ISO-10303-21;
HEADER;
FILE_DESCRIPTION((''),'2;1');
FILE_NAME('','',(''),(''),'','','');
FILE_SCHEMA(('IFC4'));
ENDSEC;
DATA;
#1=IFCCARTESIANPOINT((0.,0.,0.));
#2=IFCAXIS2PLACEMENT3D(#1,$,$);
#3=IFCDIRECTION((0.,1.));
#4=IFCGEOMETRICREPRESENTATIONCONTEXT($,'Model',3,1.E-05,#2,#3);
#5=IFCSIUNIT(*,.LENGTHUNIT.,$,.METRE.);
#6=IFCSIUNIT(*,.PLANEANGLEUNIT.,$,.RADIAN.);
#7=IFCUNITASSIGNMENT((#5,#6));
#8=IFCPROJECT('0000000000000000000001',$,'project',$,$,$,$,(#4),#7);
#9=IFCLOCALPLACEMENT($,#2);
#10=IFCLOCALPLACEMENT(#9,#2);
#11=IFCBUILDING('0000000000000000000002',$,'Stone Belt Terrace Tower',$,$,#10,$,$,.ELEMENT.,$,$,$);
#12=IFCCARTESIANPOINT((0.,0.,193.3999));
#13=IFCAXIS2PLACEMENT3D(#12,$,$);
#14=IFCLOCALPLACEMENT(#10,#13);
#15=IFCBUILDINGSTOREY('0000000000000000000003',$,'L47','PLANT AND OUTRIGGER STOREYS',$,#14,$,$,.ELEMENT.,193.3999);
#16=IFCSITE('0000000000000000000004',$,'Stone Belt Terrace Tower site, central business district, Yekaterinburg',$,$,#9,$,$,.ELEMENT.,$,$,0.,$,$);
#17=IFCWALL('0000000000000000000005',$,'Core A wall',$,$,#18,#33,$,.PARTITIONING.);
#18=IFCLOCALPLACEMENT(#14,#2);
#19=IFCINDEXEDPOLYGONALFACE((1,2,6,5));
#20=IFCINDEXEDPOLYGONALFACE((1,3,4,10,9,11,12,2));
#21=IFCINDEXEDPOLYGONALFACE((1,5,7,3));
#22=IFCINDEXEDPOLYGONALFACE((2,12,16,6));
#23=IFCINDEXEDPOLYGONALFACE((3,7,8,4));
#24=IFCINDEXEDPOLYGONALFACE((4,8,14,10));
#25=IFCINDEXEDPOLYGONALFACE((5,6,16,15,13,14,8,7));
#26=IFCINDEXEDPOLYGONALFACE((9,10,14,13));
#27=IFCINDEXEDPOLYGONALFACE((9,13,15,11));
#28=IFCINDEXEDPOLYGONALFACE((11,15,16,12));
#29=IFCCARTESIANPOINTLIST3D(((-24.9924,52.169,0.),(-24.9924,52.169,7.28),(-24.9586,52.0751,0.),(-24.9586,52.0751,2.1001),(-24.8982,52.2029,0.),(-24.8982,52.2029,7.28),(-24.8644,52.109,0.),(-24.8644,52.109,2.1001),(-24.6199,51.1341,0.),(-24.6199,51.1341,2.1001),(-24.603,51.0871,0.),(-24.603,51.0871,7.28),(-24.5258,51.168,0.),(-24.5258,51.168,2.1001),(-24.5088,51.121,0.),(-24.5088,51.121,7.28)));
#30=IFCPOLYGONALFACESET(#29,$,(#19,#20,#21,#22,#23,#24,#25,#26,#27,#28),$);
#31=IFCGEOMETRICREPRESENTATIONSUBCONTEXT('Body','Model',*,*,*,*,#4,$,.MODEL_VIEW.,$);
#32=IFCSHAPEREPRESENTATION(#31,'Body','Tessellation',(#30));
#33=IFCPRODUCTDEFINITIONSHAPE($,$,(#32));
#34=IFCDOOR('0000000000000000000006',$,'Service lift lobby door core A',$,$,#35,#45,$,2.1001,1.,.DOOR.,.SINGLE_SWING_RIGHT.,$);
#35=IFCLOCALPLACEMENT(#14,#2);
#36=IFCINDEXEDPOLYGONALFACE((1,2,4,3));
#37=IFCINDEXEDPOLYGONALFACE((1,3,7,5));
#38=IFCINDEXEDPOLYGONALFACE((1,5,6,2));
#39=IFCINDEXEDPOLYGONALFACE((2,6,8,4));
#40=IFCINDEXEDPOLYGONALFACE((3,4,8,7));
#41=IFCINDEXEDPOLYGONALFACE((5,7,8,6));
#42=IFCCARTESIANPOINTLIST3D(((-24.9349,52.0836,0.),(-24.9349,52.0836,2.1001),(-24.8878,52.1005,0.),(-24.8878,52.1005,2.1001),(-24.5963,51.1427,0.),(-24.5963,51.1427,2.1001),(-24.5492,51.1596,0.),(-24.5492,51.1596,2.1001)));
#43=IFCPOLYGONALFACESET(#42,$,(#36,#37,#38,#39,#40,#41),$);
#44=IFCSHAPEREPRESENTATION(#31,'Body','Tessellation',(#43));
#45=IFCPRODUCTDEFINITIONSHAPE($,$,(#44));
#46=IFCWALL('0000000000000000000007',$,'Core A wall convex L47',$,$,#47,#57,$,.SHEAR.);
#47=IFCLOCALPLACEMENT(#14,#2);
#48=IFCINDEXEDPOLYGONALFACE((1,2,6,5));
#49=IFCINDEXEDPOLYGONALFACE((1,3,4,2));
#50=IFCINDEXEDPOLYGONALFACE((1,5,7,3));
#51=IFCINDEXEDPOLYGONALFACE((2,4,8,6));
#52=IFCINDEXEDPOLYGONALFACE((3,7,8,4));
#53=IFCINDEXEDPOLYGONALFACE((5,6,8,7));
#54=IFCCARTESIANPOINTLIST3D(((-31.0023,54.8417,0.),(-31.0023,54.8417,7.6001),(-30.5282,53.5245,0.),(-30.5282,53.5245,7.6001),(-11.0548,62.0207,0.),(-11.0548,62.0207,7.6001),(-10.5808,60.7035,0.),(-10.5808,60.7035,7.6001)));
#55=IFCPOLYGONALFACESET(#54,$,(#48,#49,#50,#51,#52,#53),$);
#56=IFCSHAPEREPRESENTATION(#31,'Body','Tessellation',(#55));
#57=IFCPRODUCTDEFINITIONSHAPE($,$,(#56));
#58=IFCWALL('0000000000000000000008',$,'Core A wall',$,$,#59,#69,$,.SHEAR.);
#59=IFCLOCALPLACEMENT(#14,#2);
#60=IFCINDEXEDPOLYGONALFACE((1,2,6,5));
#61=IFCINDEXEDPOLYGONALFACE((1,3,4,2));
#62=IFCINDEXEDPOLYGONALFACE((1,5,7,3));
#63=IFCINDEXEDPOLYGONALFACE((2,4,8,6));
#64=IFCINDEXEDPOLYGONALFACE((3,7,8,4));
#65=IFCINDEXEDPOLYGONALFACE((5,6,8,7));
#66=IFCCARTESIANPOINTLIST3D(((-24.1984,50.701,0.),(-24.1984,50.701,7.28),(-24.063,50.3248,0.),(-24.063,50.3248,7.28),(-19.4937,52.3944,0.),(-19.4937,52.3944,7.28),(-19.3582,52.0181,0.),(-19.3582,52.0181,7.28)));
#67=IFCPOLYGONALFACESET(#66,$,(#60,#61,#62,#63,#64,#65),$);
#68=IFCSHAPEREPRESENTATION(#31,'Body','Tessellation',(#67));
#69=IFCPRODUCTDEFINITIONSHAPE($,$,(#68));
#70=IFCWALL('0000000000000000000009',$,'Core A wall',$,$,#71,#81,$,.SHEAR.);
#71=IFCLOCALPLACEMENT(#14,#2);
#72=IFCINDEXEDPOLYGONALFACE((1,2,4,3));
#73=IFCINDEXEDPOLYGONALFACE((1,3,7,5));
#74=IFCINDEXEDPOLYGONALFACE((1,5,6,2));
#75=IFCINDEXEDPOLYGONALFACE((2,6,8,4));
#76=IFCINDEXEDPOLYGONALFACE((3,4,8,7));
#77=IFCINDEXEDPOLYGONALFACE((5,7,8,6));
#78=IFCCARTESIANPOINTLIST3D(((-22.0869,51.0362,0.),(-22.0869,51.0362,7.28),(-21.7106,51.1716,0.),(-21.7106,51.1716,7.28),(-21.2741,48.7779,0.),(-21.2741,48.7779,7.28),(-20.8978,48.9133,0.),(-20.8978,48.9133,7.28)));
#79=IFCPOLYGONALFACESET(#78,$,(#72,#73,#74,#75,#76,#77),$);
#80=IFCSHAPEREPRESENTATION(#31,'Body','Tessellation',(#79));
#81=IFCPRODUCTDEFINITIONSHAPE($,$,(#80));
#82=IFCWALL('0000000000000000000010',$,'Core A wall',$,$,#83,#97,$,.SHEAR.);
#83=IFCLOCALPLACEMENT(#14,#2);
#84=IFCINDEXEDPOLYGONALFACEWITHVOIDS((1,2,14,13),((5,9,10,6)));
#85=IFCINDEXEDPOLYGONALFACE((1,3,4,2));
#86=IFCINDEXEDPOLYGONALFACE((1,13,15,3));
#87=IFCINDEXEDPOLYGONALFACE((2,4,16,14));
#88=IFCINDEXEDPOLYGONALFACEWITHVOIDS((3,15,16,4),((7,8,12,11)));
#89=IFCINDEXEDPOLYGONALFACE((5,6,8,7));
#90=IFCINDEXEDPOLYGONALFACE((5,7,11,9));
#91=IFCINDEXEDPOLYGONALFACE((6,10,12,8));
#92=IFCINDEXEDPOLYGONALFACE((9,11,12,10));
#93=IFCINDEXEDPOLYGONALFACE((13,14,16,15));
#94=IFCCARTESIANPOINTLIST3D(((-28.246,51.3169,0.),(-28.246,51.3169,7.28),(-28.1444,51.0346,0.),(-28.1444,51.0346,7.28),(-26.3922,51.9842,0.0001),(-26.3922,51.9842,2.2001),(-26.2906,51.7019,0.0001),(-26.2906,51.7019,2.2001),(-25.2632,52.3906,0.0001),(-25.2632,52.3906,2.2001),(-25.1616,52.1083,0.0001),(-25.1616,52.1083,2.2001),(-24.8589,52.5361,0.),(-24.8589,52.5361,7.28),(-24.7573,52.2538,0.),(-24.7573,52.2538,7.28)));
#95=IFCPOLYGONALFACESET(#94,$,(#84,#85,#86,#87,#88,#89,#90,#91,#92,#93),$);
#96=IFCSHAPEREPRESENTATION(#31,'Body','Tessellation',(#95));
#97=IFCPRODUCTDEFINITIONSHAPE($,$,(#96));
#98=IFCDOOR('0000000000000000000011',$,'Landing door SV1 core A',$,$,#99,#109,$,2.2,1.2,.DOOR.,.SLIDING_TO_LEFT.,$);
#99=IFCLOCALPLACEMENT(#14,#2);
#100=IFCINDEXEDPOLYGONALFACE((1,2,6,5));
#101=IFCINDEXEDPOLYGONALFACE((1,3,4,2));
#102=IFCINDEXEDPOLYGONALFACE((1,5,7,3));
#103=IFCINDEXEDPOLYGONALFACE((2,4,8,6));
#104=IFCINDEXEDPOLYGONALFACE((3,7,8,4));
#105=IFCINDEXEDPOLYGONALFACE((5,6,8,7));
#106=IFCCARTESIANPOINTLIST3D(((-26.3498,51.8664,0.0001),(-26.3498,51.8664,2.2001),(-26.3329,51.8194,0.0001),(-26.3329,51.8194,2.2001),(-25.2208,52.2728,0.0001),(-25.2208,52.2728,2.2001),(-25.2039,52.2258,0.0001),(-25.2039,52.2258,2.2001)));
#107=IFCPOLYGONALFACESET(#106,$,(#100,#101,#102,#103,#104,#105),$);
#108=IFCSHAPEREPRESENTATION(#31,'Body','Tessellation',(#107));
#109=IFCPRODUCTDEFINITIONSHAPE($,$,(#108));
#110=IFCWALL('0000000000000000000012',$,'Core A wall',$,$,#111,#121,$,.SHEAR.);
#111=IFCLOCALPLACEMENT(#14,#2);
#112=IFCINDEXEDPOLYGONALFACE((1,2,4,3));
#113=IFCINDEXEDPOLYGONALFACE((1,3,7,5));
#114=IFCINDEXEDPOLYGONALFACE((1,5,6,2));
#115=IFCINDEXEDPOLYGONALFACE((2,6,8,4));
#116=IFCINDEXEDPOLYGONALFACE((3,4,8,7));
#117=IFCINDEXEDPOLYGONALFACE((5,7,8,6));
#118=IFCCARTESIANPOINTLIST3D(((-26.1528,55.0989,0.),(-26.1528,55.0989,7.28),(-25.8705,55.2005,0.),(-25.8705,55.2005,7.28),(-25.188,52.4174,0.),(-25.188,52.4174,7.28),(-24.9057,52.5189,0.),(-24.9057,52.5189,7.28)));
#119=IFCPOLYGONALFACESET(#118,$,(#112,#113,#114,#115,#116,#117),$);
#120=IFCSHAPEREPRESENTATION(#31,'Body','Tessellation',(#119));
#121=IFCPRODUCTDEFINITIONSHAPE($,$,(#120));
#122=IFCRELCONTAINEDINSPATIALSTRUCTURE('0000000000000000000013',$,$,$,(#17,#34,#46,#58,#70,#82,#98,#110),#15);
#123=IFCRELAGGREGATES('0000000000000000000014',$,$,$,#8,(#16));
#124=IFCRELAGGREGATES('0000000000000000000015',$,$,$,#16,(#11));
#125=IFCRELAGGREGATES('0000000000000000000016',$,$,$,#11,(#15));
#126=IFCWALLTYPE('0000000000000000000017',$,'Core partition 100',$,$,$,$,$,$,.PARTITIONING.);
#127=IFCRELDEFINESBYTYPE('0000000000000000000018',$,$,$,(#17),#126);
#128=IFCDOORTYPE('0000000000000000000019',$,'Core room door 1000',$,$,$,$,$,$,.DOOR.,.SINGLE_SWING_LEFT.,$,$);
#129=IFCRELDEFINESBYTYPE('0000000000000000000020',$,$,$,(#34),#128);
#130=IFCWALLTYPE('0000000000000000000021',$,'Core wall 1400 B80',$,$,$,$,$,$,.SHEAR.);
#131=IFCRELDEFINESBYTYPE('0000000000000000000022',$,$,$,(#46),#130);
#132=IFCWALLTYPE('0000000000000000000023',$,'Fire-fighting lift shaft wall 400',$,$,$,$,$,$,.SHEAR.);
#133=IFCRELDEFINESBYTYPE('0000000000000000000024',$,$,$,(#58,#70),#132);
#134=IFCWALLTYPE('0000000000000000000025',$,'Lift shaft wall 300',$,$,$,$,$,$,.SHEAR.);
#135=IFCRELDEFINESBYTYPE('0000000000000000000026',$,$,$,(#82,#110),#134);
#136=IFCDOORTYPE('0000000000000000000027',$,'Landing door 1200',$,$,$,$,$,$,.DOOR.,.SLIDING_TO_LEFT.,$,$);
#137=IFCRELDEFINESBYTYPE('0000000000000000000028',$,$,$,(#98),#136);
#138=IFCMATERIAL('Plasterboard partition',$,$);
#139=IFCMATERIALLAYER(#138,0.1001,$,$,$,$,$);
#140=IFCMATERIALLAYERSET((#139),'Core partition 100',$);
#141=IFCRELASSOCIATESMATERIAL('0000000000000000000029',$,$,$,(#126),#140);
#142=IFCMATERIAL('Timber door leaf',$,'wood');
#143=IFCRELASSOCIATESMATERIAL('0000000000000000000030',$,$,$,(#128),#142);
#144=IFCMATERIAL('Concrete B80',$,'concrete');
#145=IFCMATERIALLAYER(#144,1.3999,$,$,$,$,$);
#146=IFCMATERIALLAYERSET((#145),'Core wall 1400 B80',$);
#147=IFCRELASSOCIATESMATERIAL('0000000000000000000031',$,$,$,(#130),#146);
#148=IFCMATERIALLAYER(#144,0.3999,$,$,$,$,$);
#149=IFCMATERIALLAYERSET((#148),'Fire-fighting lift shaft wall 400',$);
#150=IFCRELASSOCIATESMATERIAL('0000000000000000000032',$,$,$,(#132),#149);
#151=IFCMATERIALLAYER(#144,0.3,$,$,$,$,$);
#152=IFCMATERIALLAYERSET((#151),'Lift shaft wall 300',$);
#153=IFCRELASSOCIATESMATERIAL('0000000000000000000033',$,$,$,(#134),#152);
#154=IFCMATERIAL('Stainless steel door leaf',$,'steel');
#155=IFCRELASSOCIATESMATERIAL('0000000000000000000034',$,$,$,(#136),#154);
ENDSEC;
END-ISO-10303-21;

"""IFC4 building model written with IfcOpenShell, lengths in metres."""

from ifc_helpers import new_model, si_unit, direction, frame, frame_2d, origin, place, context, subcontext, project, spatial, rectangle, extrude, material, layer, layer_set, type_object, element, fill, save


model = new_model("IFC4")

# Units and contexts
model_context = context("Model", 3, precision=1e-05, world=origin(), true_north=direction((0.0, 1.0)))
body_context = subcontext(model_context, "Body", "Model", "MODEL_VIEW")
ifc_project = project(units=[si_unit("LENGTHUNIT", "METRE"), si_unit("PLANEANGLEUNIT", "RADIAN")], contexts=[model_context])

# Site, building, storey
site_placement = place(None, origin())
site = spatial("IfcSite", under=ifc_project, at=site_placement, Name="Stone Belt Terrace Tower site, central business district, Yekaterinburg", CompositionType="ELEMENT", RefElevation=0.0)
building_placement = place(site_placement, origin())
building = spatial("IfcBuilding", under=site, at=building_placement, Name="Stone Belt Terrace Tower", CompositionType="ELEMENT")
storey_placement = place(building_placement, frame((0.0, 0.0, 193.3999)))
storey = spatial("IfcBuildingStorey", under=building, at=storey_placement, Name="L47", Description="PLANT AND OUTRIGGER STOREYS", CompositionType="ELEMENT", Elevation=193.3999)

# Wall, opening, door
ifc_material_1 = material(Name="Plasterboard partition")
ifc_layer_1 = layer(ifc_material_1, 0.1001)
ifc_layer_set_1 = layer_set([ifc_layer_1], Name="Core partition 100")
wall_type_1 = type_object("IfcWallType", Name="Core partition 100", PredefinedType="PARTITIONING", material=ifc_layer_set_1)
wall_1_placement = place(storey_placement, frame((-24.5559, 51.104, 0.0), z_axis=(0.0, 0.0, 1.0), x_axis=(-0.338622, 0.940923, 0.0)))
wall_1 = element("IfcWall", 1, at=wall_1_placement, inside=storey, type_object=wall_type_1, Name="Core A wall", PredefinedType="PARTITIONING", context=body_context, shape_type="SweptSolid", body=[
    extrude(rectangle(XDim=1.1499, YDim=0.1001, at=frame_2d((0.575, 0.0))), origin(), (0.0, 0.0, 1.0), 7.28),
])
opening_1_placement = place(wall_1_placement, frame((0.05, 0.0, 0.0)))
opening_1 = element("IfcOpeningElement", 2, at=opening_1_placement, cuts=wall_1, PredefinedType="OPENING", context=body_context, shape_type="SweptSolid", body=[
    extrude(rectangle(XDim=1.0, YDim=2.1001, at=frame_2d((0.5, 1.05))), frame((0.0, 0.0601, 0.0), z_axis=(0.0, -1.0, 0.0), x_axis=(1.0, 0.0, 0.0)), (0.0, 0.0, 1.0), 0.1201),
])
ifc_material_2 = material(Name="Timber door leaf", Category="wood")
door_type_1 = type_object("IfcDoorType", Name="Core room door 1000", OperationType="SINGLE_SWING_LEFT", PredefinedType="DOOR", material=ifc_material_2)
door_1_placement = place(opening_1_placement, origin())
door_1 = element("IfcDoor", 3, at=door_1_placement, inside=storey, type_object=door_type_1, Name="Service lift lobby door core A", OperationType="SINGLE_SWING_RIGHT", OverallHeight=2.1001, OverallWidth=1.0, PredefinedType="DOOR", context=body_context, shape_type="SweptSolid", body=[
    extrude(rectangle(XDim=1.0, YDim=2.1001, at=frame_2d((0.5, 1.05))), frame((0.0, 0.0249, 0.0), z_axis=(0.0, -1.0, 0.0), x_axis=(1.0, 0.0, 0.0)), (0.0, 0.0, 1.0), 0.05),
])
fill(opening_1, door_1)

# Walls
ifc_material_3 = material(Name="Concrete B80", Category="concrete")
ifc_layer_2 = layer(ifc_material_3, 1.3999)
ifc_layer_set_2 = layer_set([ifc_layer_2], Name="Core wall 1400 B80")
wall_type_2 = type_object("IfcWallType", Name="Core wall 1400 B80", PredefinedType="SHEAR", material=ifc_layer_set_2)
wall_2_placement = place(storey_placement, frame((-30.7654, 54.1831, 0.0), z_axis=(0.0, 0.0, 1.0), x_axis=(0.94092, 0.33863, 0.0)))
element("IfcWall", 4, at=wall_2_placement, inside=storey, type_object=wall_type_2, Name="Core A wall convex L47", PredefinedType="SHEAR", context=body_context, shape_type="SweptSolid", body=[
    extrude(rectangle(XDim=21.2, YDim=1.3999, at=frame_2d((10.6001, 0.0))), origin(), (0.0, 0.0, 1.0), 7.6001),
])
ifc_layer_3 = layer(ifc_material_3, 0.3999)
ifc_layer_set_3 = layer_set([ifc_layer_3], Name="Fire-fighting lift shaft wall 400")
wall_type_3 = type_object("IfcWallType", Name="Fire-fighting lift shaft wall 400", PredefinedType="SHEAR", material=ifc_layer_set_3)
wall_3_placement = place(storey_placement, frame((-24.1306, 50.5129, 0.0), z_axis=(0.0, 0.0, 1.0), x_axis=(0.940912, 0.338652, 0.0)))
element("IfcWall", 5, at=wall_3_placement, inside=storey, type_object=wall_type_3, Name="Core A wall", PredefinedType="SHEAR", context=body_context, shape_type="SweptSolid", body=[
    extrude(rectangle(XDim=5.0002, YDim=0.3999, at=frame_2d((2.5, 0.0))), origin(), (0.0, 0.0, 1.0), 7.28),
])
wall_4_placement = place(storey_placement, frame((-21.0859, 48.8455, 0.0), z_axis=(0.0, 0.0, 1.0), x_axis=(-0.338629, 0.94092, 0.0)))
element("IfcWall", 6, at=wall_4_placement, inside=storey, type_object=wall_type_3, Name="Core A wall", PredefinedType="SHEAR", context=body_context, shape_type="SweptSolid", body=[
    extrude(rectangle(XDim=2.4001, YDim=0.3999, at=frame_2d((1.2002, 0.0))), origin(), (0.0, 0.0, 1.0), 7.28),
])

# Wall, opening, door
ifc_layer_4 = layer(ifc_material_3, 0.3)
ifc_layer_set_4 = layer_set([ifc_layer_4], Name="Lift shaft wall 300")
wall_type_4 = type_object("IfcWallType", Name="Lift shaft wall 300", PredefinedType="SHEAR", material=ifc_layer_set_4)
wall_5_placement = place(storey_placement, frame((-28.1951, 51.1758, 0.0), z_axis=(0.0, 0.0, 1.0), x_axis=(0.940901, 0.338681, 0.0)))
wall_5 = element("IfcWall", 7, at=wall_5_placement, inside=storey, type_object=wall_type_4, Name="Core A wall", PredefinedType="SHEAR", context=body_context, shape_type="SweptSolid", body=[
    extrude(rectangle(XDim=3.5999, YDim=0.3, at=frame_2d((1.7998, 0.0))), origin(), (0.0, 0.0, 1.0), 7.28),
])
opening_2_placement = place(wall_5_placement, frame((1.97, 0.0, 0.0)))
opening_2 = element("IfcOpeningElement", 8, at=opening_2_placement, cuts=wall_5, PredefinedType="OPENING", context=body_context, shape_type="SweptSolid", body=[
    extrude(rectangle(XDim=1.2, YDim=2.2, at=frame_2d((0.6001, 1.1001))), frame((0.0, 0.1599, 0.0), z_axis=(0.0, -1.0, 0.0), x_axis=(1.0, 0.0, 0.0)), (0.0, 0.0, 1.0), 0.3201),
])
ifc_material_4 = material(Name="Stainless steel door leaf", Category="steel")
door_type_2 = type_object("IfcDoorType", Name="Landing door 1200", OperationType="SLIDING_TO_LEFT", PredefinedType="DOOR", material=ifc_material_4)
door_2_placement = place(opening_2_placement, origin())
door_2 = element("IfcDoor", 9, at=door_2_placement, inside=storey, type_object=door_type_2, Name="Landing door SV1 core A", OperationType="SLIDING_TO_LEFT", OverallHeight=2.2, OverallWidth=1.2, PredefinedType="DOOR", context=body_context, shape_type="SweptSolid", body=[
    extrude(rectangle(XDim=1.2, YDim=2.2, at=frame_2d((0.6001, 1.1001))), frame((0.0, 0.0249, 0.0), z_axis=(0.0, -1.0, 0.0), x_axis=(1.0, 0.0, 0.0)), (0.0, 0.0, 1.0), 0.05),
])
fill(opening_2, door_2)

# Wall
wall_6_placement = place(storey_placement, frame((-25.0469, 52.4683, 0.0), z_axis=(0.0, 0.0, 1.0), x_axis=(-0.33855, 0.940949, 0.0)))
element("IfcWall", 10, at=wall_6_placement, inside=storey, type_object=wall_type_4, Name="Core A wall", PredefinedType="SHEAR", context=body_context, shape_type="SweptSolid", body=[
    extrude(rectangle(XDim=2.8499, YDim=0.3, at=frame_2d((1.4248, 0.0))), origin(), (0.0, 0.0, 1.0), 7.28),
])

save(model, "model.ifc")
